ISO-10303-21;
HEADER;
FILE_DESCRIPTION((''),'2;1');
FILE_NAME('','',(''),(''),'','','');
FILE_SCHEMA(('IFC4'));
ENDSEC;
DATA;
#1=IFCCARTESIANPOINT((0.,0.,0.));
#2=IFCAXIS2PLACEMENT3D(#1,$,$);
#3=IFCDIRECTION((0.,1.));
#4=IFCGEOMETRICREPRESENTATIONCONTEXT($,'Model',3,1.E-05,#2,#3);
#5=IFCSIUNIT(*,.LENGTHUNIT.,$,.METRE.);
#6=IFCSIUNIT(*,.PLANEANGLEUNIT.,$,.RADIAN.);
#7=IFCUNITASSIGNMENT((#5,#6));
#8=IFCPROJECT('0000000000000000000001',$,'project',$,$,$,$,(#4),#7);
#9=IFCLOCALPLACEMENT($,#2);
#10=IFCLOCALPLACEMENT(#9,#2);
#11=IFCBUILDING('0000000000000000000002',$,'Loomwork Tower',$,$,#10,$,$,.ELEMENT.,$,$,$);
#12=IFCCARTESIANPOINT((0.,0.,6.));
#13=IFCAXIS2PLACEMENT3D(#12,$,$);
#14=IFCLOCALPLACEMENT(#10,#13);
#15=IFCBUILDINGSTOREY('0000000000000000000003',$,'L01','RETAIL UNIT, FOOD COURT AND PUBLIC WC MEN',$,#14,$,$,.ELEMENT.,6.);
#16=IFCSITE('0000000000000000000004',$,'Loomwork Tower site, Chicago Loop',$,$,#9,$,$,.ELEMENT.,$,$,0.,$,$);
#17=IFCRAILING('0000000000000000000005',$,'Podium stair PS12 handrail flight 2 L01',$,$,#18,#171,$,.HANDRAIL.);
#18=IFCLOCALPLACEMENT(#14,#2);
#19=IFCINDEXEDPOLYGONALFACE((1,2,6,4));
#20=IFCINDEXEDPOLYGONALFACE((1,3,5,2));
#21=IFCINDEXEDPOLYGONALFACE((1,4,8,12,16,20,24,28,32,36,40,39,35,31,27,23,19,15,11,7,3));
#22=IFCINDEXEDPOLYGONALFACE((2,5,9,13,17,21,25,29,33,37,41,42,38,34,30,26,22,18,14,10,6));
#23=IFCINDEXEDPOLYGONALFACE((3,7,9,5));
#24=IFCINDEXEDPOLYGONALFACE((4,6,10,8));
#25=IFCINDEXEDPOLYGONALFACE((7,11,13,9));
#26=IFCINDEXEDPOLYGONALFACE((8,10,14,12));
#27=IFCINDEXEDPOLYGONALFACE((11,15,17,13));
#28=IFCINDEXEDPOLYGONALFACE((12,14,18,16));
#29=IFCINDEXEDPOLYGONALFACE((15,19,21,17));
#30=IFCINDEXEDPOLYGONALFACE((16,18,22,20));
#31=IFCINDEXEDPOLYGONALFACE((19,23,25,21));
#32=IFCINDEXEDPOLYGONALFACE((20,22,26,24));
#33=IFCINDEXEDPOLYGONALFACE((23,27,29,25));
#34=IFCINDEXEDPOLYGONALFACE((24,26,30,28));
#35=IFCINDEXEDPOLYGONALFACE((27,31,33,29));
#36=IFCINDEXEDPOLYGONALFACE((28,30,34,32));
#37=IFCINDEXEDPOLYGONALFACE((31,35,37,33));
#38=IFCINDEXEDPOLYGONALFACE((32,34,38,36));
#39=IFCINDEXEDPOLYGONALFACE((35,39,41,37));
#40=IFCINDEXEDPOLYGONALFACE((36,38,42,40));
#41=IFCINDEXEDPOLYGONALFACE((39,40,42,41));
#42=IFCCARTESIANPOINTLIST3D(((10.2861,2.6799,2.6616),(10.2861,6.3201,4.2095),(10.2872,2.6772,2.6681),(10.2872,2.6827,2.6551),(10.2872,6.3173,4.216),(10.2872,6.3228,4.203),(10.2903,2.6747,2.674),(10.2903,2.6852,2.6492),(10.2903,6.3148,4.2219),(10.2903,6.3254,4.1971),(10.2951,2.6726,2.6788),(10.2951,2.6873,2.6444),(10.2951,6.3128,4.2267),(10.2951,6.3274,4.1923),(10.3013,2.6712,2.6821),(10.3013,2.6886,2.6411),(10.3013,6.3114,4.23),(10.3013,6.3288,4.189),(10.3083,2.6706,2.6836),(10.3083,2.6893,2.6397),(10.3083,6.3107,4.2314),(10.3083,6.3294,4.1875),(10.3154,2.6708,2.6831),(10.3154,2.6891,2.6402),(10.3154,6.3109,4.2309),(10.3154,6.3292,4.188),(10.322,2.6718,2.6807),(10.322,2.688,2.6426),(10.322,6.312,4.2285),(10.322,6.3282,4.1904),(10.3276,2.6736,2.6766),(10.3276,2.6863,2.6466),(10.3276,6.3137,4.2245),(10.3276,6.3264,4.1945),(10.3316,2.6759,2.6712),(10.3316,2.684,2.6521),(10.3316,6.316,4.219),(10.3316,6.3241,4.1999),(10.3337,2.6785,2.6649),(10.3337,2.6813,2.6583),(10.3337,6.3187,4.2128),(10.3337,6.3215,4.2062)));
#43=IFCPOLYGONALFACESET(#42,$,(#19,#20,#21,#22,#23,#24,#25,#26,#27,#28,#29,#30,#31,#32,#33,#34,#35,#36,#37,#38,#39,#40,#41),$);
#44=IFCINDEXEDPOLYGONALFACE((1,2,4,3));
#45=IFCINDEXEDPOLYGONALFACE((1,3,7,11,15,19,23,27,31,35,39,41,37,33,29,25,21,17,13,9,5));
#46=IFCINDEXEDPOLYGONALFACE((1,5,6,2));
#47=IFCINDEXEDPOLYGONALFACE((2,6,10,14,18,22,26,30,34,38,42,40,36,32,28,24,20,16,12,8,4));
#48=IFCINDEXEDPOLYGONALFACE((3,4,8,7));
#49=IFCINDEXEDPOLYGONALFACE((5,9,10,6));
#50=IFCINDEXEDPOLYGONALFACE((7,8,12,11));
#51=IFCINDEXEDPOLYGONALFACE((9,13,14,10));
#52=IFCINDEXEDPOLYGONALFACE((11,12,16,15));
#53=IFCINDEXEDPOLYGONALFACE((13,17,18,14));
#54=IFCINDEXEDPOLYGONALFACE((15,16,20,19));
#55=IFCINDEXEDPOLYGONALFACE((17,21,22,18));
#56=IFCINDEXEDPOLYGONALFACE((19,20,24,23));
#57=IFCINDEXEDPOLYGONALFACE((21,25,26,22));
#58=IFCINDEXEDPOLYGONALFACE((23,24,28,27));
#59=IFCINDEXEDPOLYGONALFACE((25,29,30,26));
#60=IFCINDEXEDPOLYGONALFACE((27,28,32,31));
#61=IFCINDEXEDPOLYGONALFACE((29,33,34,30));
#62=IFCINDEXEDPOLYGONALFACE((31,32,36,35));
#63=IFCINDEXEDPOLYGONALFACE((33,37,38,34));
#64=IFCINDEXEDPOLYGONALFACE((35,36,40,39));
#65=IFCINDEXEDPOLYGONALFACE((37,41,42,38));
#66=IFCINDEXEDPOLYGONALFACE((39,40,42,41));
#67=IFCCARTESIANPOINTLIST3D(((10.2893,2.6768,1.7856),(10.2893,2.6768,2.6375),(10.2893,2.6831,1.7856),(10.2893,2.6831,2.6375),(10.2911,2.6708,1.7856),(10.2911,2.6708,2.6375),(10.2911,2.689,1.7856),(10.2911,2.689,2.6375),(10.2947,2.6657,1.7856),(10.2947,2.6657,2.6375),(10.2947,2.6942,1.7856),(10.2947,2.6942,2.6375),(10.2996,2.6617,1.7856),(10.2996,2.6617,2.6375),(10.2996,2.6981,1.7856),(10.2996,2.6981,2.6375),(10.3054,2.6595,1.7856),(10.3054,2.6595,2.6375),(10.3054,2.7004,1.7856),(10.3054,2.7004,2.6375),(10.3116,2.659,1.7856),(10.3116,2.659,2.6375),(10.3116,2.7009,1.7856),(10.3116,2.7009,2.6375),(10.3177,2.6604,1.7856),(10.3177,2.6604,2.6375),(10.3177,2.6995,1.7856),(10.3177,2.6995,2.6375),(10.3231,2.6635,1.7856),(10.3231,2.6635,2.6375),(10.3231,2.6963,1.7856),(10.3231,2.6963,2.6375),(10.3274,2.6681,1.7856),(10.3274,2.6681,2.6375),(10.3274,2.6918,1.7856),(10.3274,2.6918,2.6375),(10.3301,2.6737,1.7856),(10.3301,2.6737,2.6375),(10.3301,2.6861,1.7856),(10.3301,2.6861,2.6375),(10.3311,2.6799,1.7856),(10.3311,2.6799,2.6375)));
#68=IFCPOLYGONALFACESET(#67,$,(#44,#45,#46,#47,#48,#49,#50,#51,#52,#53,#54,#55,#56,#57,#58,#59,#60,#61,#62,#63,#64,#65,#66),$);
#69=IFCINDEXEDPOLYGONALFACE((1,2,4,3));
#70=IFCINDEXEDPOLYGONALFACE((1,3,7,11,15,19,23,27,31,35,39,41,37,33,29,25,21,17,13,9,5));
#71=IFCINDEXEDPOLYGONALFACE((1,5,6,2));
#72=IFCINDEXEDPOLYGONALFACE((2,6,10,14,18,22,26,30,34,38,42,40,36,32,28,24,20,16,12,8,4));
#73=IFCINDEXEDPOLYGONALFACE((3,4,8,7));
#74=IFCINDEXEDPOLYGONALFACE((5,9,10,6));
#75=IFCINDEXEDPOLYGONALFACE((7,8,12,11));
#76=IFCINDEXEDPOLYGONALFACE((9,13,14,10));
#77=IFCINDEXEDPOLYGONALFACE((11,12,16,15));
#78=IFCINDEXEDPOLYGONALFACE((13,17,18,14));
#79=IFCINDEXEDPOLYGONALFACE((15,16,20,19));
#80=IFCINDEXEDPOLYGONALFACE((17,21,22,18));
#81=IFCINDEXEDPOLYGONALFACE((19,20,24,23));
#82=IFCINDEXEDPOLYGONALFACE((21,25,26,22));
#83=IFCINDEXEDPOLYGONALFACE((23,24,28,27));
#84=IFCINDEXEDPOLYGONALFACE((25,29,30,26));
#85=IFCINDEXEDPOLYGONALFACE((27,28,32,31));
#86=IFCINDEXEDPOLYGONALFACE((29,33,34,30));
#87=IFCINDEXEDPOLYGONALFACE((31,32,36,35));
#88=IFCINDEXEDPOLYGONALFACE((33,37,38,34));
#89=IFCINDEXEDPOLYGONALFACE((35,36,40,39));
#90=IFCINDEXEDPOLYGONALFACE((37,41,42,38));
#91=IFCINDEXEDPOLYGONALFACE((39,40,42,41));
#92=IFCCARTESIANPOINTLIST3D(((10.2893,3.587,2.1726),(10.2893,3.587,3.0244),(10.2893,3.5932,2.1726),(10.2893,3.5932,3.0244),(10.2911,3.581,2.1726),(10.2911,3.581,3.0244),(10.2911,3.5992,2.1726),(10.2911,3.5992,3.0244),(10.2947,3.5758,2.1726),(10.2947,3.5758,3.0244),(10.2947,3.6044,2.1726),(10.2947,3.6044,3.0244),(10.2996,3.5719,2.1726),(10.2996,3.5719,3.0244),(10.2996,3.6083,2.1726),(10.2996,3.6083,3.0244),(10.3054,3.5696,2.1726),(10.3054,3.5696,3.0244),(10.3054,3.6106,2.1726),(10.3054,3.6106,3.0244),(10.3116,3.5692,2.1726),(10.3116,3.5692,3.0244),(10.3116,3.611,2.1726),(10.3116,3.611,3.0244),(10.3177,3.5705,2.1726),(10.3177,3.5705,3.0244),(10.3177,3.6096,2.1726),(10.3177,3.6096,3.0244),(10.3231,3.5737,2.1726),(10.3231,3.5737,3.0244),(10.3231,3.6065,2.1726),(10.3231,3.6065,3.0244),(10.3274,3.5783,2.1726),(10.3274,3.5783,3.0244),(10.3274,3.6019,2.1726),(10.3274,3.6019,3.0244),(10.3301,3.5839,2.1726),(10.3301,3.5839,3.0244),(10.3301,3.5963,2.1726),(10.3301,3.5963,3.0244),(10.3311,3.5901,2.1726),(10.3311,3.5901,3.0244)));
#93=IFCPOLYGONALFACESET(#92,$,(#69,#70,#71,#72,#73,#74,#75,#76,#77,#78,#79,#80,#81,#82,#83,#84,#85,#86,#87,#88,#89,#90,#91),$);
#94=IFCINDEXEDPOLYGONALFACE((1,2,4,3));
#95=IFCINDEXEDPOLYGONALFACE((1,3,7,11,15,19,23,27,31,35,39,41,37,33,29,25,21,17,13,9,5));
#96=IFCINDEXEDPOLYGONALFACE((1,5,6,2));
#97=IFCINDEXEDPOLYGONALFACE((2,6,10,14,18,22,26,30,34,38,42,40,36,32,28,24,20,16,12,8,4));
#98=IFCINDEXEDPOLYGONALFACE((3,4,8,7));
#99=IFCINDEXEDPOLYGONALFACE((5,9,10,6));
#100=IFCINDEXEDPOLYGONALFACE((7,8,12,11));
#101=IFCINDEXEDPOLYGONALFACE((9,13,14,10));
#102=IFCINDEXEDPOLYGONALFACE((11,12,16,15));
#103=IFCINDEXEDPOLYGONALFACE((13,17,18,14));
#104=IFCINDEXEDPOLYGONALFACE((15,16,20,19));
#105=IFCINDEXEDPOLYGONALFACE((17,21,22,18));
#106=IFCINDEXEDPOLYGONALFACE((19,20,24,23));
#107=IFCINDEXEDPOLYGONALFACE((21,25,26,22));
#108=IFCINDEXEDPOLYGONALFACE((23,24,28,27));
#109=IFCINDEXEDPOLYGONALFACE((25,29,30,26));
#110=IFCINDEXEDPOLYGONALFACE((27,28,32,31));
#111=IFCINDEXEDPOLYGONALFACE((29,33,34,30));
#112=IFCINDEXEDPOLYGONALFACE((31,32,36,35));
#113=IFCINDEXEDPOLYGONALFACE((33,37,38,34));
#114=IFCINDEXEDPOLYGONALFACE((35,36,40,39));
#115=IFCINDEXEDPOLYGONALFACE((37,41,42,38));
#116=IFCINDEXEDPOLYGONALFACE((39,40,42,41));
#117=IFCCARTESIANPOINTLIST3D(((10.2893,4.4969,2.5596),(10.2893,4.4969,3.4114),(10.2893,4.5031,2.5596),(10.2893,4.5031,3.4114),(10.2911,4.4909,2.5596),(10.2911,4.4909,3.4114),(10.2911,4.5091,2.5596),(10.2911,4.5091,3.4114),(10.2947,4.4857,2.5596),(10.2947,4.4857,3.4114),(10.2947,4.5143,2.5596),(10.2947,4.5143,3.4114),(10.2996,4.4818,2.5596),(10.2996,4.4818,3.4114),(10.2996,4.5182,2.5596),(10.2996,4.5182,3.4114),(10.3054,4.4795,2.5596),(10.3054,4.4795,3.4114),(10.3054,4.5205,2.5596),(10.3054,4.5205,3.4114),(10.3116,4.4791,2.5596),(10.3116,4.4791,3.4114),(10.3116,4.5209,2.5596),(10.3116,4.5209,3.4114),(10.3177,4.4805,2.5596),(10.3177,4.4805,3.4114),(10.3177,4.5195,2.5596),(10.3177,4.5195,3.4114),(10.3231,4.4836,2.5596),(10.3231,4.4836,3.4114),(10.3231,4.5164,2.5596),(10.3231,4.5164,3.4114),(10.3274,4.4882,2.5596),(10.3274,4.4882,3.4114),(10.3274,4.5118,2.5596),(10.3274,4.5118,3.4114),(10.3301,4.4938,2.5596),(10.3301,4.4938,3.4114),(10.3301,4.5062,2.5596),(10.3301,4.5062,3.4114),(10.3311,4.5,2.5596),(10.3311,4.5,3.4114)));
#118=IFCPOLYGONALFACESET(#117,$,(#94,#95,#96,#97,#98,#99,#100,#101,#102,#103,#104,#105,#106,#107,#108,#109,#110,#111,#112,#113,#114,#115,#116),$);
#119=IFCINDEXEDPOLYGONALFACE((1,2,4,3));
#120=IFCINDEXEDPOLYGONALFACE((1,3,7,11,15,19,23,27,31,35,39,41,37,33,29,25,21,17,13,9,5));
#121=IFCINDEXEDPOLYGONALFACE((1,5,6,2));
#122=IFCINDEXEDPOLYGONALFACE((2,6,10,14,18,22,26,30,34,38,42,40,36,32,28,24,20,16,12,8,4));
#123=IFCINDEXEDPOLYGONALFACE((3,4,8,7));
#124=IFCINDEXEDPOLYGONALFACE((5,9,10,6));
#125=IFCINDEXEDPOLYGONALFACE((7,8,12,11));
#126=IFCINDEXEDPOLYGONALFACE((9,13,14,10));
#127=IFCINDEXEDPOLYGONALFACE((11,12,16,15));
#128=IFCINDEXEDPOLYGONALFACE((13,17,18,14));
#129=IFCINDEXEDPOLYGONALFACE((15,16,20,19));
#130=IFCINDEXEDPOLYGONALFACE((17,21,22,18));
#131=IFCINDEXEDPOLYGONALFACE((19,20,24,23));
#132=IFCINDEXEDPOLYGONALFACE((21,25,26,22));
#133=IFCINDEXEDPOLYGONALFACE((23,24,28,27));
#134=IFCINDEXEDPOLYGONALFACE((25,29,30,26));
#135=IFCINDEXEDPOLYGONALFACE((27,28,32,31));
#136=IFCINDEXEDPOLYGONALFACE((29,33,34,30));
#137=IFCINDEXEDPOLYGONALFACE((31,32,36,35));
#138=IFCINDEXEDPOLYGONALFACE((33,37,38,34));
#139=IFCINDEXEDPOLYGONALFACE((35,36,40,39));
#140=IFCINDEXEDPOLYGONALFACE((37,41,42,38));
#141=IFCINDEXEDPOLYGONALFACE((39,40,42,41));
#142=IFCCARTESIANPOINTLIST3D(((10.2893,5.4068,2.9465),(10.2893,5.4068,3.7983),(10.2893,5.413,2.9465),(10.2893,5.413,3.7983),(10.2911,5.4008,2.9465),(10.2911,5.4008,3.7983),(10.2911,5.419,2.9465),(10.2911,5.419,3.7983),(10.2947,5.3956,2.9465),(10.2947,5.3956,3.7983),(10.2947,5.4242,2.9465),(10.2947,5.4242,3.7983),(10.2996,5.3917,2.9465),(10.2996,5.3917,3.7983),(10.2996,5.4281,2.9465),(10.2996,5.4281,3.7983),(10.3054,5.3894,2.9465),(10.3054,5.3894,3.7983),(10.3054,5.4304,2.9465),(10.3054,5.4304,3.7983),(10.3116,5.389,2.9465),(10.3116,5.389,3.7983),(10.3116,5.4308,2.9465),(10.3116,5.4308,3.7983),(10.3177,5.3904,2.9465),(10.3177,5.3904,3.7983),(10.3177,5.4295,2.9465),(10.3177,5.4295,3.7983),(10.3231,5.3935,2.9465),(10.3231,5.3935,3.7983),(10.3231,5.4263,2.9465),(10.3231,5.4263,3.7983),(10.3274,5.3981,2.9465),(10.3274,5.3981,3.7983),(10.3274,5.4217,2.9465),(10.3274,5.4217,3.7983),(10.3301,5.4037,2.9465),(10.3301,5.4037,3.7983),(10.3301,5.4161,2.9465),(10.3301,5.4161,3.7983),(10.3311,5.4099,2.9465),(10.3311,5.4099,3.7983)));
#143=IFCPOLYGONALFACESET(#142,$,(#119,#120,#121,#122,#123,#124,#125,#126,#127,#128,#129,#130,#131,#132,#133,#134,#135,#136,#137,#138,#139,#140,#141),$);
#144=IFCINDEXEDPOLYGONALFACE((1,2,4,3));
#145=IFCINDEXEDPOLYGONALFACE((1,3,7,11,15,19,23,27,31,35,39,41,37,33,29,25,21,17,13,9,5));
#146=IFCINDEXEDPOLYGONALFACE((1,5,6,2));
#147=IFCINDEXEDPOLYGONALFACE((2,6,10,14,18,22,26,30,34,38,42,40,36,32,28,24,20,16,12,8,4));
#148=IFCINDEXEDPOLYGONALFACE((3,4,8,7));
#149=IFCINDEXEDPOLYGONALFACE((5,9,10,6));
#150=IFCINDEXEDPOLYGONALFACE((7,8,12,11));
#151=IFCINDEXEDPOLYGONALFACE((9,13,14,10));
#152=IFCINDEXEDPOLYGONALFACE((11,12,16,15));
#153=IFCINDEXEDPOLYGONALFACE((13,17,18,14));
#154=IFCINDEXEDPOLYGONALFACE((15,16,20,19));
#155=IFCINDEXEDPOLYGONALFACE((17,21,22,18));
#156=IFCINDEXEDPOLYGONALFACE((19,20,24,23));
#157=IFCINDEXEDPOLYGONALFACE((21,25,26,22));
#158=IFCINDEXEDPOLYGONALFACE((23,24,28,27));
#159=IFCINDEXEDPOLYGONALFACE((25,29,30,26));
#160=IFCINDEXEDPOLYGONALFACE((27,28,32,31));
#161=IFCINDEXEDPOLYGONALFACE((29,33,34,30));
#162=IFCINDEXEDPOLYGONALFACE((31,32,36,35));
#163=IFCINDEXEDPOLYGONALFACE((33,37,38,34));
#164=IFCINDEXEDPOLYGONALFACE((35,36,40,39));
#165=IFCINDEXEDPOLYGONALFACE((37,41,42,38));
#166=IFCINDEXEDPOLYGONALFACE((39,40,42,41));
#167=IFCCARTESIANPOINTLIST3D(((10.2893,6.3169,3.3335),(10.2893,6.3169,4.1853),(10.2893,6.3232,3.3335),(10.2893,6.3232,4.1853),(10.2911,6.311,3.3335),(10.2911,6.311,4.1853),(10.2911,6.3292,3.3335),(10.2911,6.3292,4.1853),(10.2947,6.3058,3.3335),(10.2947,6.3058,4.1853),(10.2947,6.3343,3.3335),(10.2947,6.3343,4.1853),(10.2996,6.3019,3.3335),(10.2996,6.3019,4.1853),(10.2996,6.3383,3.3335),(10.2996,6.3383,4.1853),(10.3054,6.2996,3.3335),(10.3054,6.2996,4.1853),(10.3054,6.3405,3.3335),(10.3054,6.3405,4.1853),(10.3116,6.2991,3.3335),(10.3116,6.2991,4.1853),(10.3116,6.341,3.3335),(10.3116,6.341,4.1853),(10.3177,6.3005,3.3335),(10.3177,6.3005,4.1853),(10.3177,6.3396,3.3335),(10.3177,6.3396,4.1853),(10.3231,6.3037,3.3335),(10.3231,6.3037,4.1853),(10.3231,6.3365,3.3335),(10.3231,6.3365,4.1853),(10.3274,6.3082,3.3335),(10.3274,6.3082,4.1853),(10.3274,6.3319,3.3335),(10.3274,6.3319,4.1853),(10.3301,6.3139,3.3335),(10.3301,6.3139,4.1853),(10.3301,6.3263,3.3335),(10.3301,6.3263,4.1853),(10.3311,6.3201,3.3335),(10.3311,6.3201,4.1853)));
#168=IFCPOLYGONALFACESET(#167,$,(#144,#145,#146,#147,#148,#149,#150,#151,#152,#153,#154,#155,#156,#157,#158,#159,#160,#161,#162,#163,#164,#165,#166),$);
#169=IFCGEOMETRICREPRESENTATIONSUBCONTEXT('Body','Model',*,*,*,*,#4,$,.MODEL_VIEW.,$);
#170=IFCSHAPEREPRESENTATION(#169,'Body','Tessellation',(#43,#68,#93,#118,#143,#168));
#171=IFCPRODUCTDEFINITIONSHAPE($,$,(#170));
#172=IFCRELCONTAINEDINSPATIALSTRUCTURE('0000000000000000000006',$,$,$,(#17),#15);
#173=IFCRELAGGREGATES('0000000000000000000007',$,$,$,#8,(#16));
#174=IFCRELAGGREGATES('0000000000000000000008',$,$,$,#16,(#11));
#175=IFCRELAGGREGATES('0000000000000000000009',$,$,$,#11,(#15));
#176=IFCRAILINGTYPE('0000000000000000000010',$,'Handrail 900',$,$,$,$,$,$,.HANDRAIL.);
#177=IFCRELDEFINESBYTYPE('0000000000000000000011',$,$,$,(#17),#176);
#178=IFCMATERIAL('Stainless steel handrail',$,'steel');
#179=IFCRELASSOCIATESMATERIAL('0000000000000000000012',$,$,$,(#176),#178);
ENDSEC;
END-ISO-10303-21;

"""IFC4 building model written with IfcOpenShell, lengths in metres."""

from ifc_helpers import new_model, si_unit, direction, frame, origin, origin_2d, place, context, subcontext, project, spatial, circle, extrude, material, type_object, element, save


model = new_model("IFC4")

# Units and contexts
model_context = context("Model", 3, precision=1e-05, world=origin(), true_north=direction((0.0, 1.0)))
body_context = subcontext(model_context, "Body", "Model", "MODEL_VIEW")
ifc_project = project(units=[si_unit("LENGTHUNIT", "METRE"), si_unit("PLANEANGLEUNIT", "RADIAN")], contexts=[model_context])

# Site, building, storey
site_placement = place(None, origin())
site = spatial("IfcSite", under=ifc_project, at=site_placement, Name="Loomwork Tower site, Chicago Loop", CompositionType="ELEMENT", RefElevation=0.0)
building_placement = place(site_placement, origin())
building = spatial("IfcBuilding", under=site, at=building_placement, Name="Loomwork Tower", CompositionType="ELEMENT")
storey_placement = place(building_placement, frame((0.0, 0.0, 6.0)))
storey = spatial("IfcBuildingStorey", under=building, at=storey_placement, Name="L01", Description="RETAIL UNIT, FOOD COURT AND PUBLIC WC MEN", CompositionType="ELEMENT", Elevation=6.0)

# Railing
ifc_material_1 = material(Name="Stainless steel handrail", Category="steel")
railing_type_1 = type_object("IfcRailingType", Name="Handrail 900", PredefinedType="HANDRAIL", material=ifc_material_1)
railing_1_placement = place(storey_placement, frame((10.3101, 2.6799, 1.7856)))
element("IfcRailing", 1, at=railing_1_placement, inside=storey, type_object=railing_type_1, Name="Podium stair PS12 handrail flight 2 L01", PredefinedType="HANDRAIL", context=body_context, shape_type="SweptSolid", body=[
    extrude(circle(Radius=0.0239, at=origin_2d()), frame((0.0, 0.0, 0.876), z_axis=(0.0, 0.920259, 0.391311), x_axis=(-1.0, 0.0, 0.0)), (0.0, 0.0, 1.0), 3.9556),
    extrude(circle(Radius=0.021, at=origin_2d()), origin(), (0.0, 0.0, 1.0), 0.8518),
    extrude(circle(Radius=0.021, at=origin_2d()), frame((0.0, 0.9102, 0.387)), (0.0, 0.0, 1.0), 0.8518),
    extrude(circle(Radius=0.021, at=origin_2d()), frame((0.0, 1.8201, 0.7739)), (0.0, 0.0, 1.0), 0.8518),
    extrude(circle(Radius=0.021, at=origin_2d()), frame((0.0, 2.73, 1.1609)), (0.0, 0.0, 1.0), 0.8518),
    extrude(circle(Radius=0.021, at=origin_2d()), frame((0.0, 3.6401, 1.5479)), (0.0, 0.0, 1.0), 0.8518),
])

save(model, "model.ifc")
